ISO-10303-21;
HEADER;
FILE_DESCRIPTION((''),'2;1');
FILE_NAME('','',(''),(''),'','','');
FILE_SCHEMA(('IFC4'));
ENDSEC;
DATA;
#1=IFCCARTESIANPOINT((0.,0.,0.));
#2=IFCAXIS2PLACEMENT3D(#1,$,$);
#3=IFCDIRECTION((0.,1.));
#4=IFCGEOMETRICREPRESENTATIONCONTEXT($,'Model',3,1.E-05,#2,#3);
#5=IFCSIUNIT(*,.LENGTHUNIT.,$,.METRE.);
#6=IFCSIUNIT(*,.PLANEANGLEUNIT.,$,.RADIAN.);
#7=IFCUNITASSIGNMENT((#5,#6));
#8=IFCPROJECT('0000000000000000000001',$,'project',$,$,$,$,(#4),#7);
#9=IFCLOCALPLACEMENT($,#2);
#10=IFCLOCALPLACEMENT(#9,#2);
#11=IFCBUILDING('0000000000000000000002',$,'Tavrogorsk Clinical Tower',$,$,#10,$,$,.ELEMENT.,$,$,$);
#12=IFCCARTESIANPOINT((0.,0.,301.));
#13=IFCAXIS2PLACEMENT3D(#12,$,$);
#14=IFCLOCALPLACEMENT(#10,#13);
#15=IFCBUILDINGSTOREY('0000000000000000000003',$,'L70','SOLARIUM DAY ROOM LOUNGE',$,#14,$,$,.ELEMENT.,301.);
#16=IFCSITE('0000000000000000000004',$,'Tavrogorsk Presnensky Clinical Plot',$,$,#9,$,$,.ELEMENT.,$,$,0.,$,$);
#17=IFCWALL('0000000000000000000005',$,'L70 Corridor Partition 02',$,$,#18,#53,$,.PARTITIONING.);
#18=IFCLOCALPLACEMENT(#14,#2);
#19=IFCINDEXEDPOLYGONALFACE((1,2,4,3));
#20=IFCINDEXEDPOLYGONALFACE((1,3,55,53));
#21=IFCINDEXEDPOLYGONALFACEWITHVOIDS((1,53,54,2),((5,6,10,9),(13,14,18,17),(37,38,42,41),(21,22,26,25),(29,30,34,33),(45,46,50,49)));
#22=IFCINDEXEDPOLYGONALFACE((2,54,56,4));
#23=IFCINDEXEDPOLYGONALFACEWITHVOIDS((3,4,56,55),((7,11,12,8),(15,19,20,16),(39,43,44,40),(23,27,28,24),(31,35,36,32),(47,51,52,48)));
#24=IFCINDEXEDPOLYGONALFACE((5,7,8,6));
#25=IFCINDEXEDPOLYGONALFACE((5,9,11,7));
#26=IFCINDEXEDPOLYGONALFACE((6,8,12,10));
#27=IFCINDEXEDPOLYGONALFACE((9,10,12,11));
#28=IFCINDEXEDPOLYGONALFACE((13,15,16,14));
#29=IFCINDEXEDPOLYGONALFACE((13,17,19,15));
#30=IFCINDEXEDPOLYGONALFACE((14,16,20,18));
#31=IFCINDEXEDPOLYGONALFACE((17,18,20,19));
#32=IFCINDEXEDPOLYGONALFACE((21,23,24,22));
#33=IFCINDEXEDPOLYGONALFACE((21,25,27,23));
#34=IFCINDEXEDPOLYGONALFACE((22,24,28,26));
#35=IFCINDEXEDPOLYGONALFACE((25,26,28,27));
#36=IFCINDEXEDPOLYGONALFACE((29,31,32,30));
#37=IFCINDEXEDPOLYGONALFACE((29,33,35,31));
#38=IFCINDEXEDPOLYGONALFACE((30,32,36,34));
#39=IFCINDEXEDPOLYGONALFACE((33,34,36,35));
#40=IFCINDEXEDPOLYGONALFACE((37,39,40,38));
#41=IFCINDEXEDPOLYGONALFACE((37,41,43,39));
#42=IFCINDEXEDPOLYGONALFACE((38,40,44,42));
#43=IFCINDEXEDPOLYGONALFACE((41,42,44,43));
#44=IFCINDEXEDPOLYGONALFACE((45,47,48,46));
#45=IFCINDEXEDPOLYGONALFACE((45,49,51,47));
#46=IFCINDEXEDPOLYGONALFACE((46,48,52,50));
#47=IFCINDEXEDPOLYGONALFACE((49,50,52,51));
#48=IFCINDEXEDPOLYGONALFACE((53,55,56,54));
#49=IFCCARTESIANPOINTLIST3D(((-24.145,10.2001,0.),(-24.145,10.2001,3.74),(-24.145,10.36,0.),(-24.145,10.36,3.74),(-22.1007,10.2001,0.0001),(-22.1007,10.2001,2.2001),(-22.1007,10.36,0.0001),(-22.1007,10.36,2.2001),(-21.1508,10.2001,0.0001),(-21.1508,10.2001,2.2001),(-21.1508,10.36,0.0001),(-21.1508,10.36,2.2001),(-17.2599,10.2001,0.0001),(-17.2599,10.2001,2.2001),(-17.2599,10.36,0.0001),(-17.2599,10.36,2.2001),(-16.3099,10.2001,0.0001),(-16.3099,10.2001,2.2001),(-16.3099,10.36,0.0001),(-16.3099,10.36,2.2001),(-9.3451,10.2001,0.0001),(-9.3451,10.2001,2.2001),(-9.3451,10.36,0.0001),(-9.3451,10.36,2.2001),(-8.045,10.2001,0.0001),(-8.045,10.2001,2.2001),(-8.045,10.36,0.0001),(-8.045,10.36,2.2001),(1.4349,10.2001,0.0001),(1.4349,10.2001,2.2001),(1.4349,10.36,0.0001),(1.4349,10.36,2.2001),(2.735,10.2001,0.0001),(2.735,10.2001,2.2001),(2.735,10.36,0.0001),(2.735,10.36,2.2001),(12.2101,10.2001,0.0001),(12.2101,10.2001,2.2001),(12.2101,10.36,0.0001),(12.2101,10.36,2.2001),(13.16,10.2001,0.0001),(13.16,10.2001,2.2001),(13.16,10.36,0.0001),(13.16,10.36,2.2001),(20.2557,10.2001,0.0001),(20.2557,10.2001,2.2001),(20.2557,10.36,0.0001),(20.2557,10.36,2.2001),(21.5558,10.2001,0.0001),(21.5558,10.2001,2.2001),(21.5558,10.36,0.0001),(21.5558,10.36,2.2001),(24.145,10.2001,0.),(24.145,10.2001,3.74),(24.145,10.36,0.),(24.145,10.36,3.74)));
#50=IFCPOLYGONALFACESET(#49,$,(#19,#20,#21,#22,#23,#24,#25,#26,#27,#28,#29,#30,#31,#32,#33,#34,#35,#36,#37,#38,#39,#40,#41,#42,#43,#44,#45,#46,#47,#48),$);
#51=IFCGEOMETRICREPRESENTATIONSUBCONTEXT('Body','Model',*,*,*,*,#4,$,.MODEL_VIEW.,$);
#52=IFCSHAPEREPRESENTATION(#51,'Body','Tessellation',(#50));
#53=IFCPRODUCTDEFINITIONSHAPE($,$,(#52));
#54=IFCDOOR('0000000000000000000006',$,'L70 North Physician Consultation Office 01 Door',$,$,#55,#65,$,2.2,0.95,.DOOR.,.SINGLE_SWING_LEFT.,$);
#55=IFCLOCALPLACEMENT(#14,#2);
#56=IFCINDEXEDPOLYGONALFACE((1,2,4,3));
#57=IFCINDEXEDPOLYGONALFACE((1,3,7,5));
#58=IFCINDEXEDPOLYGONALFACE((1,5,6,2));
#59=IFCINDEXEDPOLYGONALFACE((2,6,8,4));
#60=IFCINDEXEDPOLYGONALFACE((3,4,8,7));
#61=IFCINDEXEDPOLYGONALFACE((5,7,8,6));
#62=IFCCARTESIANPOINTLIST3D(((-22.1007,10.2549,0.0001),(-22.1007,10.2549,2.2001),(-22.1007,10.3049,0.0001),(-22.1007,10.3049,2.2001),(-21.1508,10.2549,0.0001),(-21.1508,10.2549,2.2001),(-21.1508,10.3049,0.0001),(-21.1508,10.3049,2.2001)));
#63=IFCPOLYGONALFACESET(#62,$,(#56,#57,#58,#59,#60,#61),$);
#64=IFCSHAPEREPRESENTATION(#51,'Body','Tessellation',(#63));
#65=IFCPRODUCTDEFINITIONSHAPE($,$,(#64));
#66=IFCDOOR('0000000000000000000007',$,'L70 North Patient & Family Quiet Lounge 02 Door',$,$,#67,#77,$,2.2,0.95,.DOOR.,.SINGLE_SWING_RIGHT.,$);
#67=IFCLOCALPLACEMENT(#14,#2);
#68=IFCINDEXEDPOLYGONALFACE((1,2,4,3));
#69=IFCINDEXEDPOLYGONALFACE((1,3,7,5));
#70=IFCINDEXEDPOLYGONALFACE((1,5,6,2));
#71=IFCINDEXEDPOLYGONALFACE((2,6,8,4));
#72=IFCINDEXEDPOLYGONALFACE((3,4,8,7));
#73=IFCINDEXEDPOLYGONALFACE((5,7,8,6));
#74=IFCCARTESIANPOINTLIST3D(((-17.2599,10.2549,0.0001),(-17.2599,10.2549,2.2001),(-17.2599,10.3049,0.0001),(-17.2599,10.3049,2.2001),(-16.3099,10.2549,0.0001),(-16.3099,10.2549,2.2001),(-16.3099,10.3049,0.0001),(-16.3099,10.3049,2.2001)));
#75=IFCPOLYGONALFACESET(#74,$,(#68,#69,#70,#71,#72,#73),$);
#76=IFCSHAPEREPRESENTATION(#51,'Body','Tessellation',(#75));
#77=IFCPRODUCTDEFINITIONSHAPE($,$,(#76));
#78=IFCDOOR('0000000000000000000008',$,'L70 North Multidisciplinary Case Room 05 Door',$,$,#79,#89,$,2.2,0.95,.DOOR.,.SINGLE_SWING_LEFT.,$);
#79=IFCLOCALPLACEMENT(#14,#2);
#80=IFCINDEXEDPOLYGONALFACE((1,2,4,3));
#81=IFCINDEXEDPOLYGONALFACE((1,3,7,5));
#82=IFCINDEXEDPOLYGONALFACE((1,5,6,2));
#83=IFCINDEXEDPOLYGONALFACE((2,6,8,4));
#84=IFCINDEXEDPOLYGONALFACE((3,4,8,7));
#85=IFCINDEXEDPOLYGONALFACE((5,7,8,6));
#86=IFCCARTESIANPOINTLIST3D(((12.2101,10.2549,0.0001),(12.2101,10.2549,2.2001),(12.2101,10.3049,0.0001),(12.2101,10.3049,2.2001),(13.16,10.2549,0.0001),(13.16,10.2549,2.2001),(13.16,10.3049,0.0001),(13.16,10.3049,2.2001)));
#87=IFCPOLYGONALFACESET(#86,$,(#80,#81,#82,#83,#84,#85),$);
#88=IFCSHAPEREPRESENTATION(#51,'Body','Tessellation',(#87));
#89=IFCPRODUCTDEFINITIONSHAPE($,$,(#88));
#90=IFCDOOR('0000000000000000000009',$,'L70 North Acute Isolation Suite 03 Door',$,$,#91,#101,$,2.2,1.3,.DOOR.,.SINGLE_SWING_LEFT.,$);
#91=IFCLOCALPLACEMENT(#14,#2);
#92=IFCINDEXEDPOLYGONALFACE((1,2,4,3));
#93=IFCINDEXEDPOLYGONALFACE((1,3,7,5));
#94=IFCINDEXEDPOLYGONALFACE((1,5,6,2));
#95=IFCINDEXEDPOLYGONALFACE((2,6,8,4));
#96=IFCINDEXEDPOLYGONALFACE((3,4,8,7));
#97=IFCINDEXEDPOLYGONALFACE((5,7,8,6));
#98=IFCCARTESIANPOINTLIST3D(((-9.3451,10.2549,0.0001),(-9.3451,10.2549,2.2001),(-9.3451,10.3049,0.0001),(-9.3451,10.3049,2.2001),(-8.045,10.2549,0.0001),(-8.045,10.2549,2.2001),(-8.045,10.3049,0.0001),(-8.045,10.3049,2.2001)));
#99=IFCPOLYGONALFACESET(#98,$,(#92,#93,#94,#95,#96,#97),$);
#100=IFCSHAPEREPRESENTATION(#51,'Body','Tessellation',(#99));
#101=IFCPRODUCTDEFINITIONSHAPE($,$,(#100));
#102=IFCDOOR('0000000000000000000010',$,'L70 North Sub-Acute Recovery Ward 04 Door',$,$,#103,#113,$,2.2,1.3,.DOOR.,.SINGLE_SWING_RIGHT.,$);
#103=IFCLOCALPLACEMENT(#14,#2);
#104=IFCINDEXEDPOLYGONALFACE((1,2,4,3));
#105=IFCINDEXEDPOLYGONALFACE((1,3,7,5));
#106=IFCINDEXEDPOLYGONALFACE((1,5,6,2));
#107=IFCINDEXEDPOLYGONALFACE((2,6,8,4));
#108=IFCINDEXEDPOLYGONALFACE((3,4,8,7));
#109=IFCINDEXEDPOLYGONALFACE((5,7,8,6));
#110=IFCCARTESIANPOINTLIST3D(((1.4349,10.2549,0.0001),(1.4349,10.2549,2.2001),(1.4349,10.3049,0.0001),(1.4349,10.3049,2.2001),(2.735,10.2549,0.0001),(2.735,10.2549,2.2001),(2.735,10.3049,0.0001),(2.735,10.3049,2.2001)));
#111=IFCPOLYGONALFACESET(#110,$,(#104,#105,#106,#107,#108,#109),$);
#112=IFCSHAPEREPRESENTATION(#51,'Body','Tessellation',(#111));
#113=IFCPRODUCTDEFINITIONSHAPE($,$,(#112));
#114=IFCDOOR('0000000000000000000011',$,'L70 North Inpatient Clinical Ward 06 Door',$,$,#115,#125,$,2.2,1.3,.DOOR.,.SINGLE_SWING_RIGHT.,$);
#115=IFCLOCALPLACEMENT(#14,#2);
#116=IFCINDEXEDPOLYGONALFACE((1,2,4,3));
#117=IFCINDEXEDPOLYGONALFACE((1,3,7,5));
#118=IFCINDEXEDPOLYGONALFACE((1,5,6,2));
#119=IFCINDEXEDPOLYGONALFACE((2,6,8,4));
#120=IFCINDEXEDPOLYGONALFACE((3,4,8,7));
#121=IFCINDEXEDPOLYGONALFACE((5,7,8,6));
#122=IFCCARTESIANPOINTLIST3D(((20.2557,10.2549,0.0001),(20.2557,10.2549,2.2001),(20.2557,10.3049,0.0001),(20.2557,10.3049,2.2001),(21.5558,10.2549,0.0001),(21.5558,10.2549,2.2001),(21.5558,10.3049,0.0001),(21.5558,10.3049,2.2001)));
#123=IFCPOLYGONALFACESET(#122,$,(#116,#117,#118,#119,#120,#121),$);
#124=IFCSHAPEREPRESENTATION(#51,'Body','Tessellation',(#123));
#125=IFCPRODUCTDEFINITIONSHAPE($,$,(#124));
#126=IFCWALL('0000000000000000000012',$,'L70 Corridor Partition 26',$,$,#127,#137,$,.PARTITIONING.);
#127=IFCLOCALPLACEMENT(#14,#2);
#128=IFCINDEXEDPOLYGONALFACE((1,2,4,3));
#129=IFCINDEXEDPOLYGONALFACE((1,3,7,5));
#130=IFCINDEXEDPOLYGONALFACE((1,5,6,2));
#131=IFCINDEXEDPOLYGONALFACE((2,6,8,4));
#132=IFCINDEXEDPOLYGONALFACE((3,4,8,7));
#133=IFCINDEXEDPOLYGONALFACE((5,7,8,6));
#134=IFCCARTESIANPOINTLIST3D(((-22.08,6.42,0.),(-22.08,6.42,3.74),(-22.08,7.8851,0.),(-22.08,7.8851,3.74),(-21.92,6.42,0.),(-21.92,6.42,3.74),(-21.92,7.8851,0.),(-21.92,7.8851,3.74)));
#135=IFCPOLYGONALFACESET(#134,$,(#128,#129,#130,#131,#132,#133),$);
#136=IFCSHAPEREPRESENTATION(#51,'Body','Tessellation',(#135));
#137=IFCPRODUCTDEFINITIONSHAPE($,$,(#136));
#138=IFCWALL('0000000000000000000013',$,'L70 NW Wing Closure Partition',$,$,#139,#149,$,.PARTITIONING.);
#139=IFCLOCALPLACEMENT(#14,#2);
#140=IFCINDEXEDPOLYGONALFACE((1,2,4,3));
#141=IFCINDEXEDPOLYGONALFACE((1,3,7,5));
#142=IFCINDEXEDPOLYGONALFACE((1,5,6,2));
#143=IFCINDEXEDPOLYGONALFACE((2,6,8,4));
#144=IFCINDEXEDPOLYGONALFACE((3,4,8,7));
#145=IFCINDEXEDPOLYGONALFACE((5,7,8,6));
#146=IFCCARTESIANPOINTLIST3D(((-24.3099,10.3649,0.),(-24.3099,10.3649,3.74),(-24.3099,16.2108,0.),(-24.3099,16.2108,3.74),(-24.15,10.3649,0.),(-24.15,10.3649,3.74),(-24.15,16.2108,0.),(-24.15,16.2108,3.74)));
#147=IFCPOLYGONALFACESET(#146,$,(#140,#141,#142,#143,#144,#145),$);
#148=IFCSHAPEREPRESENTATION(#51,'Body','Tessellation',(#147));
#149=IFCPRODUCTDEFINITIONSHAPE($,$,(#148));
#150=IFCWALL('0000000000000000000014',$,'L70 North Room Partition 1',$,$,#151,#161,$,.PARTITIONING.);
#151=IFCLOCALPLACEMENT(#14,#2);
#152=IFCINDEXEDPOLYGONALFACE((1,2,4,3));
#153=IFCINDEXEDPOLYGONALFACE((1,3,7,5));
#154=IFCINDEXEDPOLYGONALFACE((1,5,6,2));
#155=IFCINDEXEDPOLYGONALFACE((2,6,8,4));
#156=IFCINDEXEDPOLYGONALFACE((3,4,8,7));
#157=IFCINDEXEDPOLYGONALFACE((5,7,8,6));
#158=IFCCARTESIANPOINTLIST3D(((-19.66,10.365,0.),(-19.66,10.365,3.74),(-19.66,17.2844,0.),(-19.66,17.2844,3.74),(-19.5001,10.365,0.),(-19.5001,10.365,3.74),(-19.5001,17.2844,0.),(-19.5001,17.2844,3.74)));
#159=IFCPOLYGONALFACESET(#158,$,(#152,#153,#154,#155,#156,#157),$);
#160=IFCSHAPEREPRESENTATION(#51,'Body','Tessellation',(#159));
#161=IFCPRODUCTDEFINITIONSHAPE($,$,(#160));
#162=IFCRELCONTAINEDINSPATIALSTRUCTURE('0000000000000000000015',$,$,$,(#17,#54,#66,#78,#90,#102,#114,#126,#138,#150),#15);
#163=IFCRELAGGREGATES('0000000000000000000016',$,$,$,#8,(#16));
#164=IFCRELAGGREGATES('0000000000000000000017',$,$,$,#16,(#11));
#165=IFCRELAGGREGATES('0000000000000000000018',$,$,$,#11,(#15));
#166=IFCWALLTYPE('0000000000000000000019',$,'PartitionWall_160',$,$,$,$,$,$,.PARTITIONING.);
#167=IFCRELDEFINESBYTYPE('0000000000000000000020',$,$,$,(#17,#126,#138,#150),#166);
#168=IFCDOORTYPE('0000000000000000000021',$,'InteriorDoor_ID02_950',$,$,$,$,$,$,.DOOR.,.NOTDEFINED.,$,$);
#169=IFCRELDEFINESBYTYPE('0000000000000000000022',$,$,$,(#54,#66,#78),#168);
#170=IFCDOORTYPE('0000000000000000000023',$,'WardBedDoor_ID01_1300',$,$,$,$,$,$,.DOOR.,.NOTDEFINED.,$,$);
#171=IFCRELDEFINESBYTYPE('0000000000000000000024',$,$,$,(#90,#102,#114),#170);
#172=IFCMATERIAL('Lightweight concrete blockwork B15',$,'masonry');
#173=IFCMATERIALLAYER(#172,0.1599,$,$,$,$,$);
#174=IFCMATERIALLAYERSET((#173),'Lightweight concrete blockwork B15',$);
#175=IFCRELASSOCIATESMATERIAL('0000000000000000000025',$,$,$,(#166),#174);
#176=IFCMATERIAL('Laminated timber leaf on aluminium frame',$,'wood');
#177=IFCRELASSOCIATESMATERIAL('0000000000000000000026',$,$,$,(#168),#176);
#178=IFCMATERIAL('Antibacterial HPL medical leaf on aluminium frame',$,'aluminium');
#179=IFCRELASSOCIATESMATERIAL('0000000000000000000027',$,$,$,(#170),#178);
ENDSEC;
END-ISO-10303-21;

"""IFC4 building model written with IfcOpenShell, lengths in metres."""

from ifc_helpers import new_model, si_unit, direction, frame, frame_2d, origin, place, context, subcontext, project, spatial, rectangle, extrude, material, layer, layer_set, type_object, element, fill, save


model = new_model("IFC4")

# Units and contexts
model_context = context("Model", 3, precision=1e-05, world=origin(), true_north=direction((0.0, 1.0)))
body_context = subcontext(model_context, "Body", "Model", "MODEL_VIEW")
ifc_project = project(units=[si_unit("LENGTHUNIT", "METRE"), si_unit("PLANEANGLEUNIT", "RADIAN")], contexts=[model_context])

# Site, building, storey
site_placement = place(None, origin())
site = spatial("IfcSite", under=ifc_project, at=site_placement, Name="Tavrogorsk Presnensky Clinical Plot", CompositionType="ELEMENT", RefElevation=0.0)
building_placement = place(site_placement, origin())
building = spatial("IfcBuilding", under=site, at=building_placement, Name="Tavrogorsk Clinical Tower", CompositionType="ELEMENT")
storey_placement = place(building_placement, frame((0.0, 0.0, 301.0)))
storey = spatial("IfcBuildingStorey", under=building, at=storey_placement, Name="L70", Description="SOLARIUM DAY ROOM LOUNGE", CompositionType="ELEMENT", Elevation=301.0)

# Wall, openings, doors
ifc_material_1 = material(Name="Lightweight concrete blockwork B15", Category="masonry")
ifc_layer_1 = layer(ifc_material_1, 0.1599)
ifc_layer_set_1 = layer_set([ifc_layer_1], Name="Lightweight concrete blockwork B15")
wall_type_1 = type_object("IfcWallType", Name="PartitionWall_160", PredefinedType="PARTITIONING", material=ifc_layer_set_1)
wall_1_placement = place(storey_placement, frame((-24.145, 10.28, 0.0), z_axis=(0.0, 0.0, 1.0), x_axis=(1.0, 0.0, 0.0)))
wall_1 = element("IfcWall", 1, at=wall_1_placement, inside=storey, type_object=wall_type_1, Name="L70 Corridor Partition 02", PredefinedType="PARTITIONING", context=body_context, shape_type="SweptSolid", body=[
    extrude(rectangle(XDim=48.29, YDim=0.1599, at=frame_2d((24.145, 0.0))), origin(), (0.0, 0.0, 1.0), 3.74),
])
opening_1_placement = place(wall_1_placement, frame((2.0442, 0.0, 0.0)))
opening_1 = element("IfcOpeningElement", 2, at=opening_1_placement, cuts=wall_1, PredefinedType="OPENING", context=body_context, shape_type="SweptSolid", body=[
    extrude(rectangle(XDim=0.95, YDim=2.2, at=frame_2d((0.4751, 1.1001))), frame((0.0, 0.0898, 0.0), z_axis=(0.0, -1.0, 0.0), x_axis=(1.0, 0.0, 0.0)), (0.0, 0.0, 1.0), 0.1799),
])
opening_2_placement = place(wall_1_placement, frame((6.885, 0.0, 0.0)))
opening_2 = element("IfcOpeningElement", 3, at=opening_2_placement, cuts=wall_1, PredefinedType="OPENING", context=body_context, shape_type="SweptSolid", body=[
    extrude(rectangle(XDim=0.95, YDim=2.2, at=frame_2d((0.4751, 1.1001))), frame((0.0, 0.0898, 0.0), z_axis=(0.0, -1.0, 0.0), x_axis=(1.0, 0.0, 0.0)), (0.0, 0.0, 1.0), 0.1799),
])
opening_3_placement = place(wall_1_placement, frame((14.8, 0.0, 0.0)))
opening_3 = element("IfcOpeningElement", 4, at=opening_3_placement, cuts=wall_1, PredefinedType="OPENING", context=body_context, shape_type="SweptSolid", body=[
    extrude(rectangle(XDim=1.3, YDim=2.2, at=frame_2d((0.6499, 1.1001))), frame((0.0, 0.0898, 0.0), z_axis=(0.0, -1.0, 0.0), x_axis=(1.0, 0.0, 0.0)), (0.0, 0.0, 1.0), 0.1799),
])
opening_4_placement = place(wall_1_placement, frame((25.5801, 0.0, 0.0)))
opening_4 = element("IfcOpeningElement", 5, at=opening_4_placement, cuts=wall_1, PredefinedType="OPENING", context=body_context, shape_type="SweptSolid", body=[
    extrude(rectangle(XDim=1.3, YDim=2.2, at=frame_2d((0.6499, 1.1001))), frame((0.0, 0.0898, 0.0), z_axis=(0.0, -1.0, 0.0), x_axis=(1.0, 0.0, 0.0)), (0.0, 0.0, 1.0), 0.1799),
])
opening_5_placement = place(wall_1_placement, frame((36.355, 0.0, 0.0)))
opening_5 = element("IfcOpeningElement", 6, at=opening_5_placement, cuts=wall_1, PredefinedType="OPENING", context=body_context, shape_type="SweptSolid", body=[
    extrude(rectangle(XDim=0.95, YDim=2.2, at=frame_2d((0.4751, 1.1001))), frame((0.0, 0.0898, 0.0), z_axis=(0.0, -1.0, 0.0), x_axis=(1.0, 0.0, 0.0)), (0.0, 0.0, 1.0), 0.1799),
])
opening_6_placement = place(wall_1_placement, frame((44.4009, 0.0, 0.0)))
opening_6 = element("IfcOpeningElement", 7, at=opening_6_placement, cuts=wall_1, PredefinedType="OPENING", context=body_context, shape_type="SweptSolid", body=[
    extrude(rectangle(XDim=1.3, YDim=2.2, at=frame_2d((0.6499, 1.1001))), frame((0.0, 0.0898, 0.0), z_axis=(0.0, -1.0, 0.0), x_axis=(1.0, 0.0, 0.0)), (0.0, 0.0, 1.0), 0.1799),
])
ifc_material_2 = material(Name="Laminated timber leaf on aluminium frame", Category="wood")
door_type_1 = type_object("IfcDoorType", Name="InteriorDoor_ID02_950", OperationType="NOTDEFINED", PredefinedType="DOOR", material=ifc_material_2)
door_1_placement = place(opening_1_placement, origin())
door_1 = element("IfcDoor", 8, at=door_1_placement, inside=storey, type_object=door_type_1, Name="L70 North Physician Consultation Office 01 Door", OperationType="SINGLE_SWING_LEFT", OverallHeight=2.2, OverallWidth=0.95, PredefinedType="DOOR", context=body_context, shape_type="SweptSolid", body=[
    extrude(rectangle(XDim=0.95, YDim=2.2, at=frame_2d((0.4751, 1.1001))), frame((0.0, 0.0249, 0.0), z_axis=(0.0, -1.0, 0.0), x_axis=(1.0, 0.0, 0.0)), (0.0, 0.0, 1.0), 0.05),
])
fill(opening_1, door_1)
door_2_placement = place(opening_2_placement, origin())
door_2 = element("IfcDoor", 9, at=door_2_placement, inside=storey, type_object=door_type_1, Name="L70 North Patient & Family Quiet Lounge 02 Door", OperationType="SINGLE_SWING_RIGHT", OverallHeight=2.2, OverallWidth=0.95, PredefinedType="DOOR", context=body_context, shape_type="SweptSolid", body=[
    extrude(rectangle(XDim=0.95, YDim=2.2, at=frame_2d((0.4751, 1.1001))), frame((0.0, 0.0249, 0.0), z_axis=(0.0, -1.0, 0.0), x_axis=(1.0, 0.0, 0.0)), (0.0, 0.0, 1.0), 0.05),
])
fill(opening_2, door_2)
door_3_placement = place(opening_5_placement, origin())
door_3 = element("IfcDoor", 10, at=door_3_placement, inside=storey, type_object=door_type_1, Name="L70 North Multidisciplinary Case Room 05 Door", OperationType="SINGLE_SWING_LEFT", OverallHeight=2.2, OverallWidth=0.95, PredefinedType="DOOR", context=body_context, shape_type="SweptSolid", body=[
    extrude(rectangle(XDim=0.95, YDim=2.2, at=frame_2d((0.4751, 1.1001))), frame((0.0, 0.0249, 0.0), z_axis=(0.0, -1.0, 0.0), x_axis=(1.0, 0.0, 0.0)), (0.0, 0.0, 1.0), 0.05),
])
fill(opening_5, door_3)
ifc_material_3 = material(Name="Antibacterial HPL medical leaf on aluminium frame", Category="aluminium")
door_type_2 = type_object("IfcDoorType", Name="WardBedDoor_ID01_1300", OperationType="NOTDEFINED", PredefinedType="DOOR", material=ifc_material_3)
door_4_placement = place(opening_3_placement, origin())
door_4 = element("IfcDoor", 11, at=door_4_placement, inside=storey, type_object=door_type_2, Name="L70 North Acute Isolation Suite 03 Door", OperationType="SINGLE_SWING_LEFT", OverallHeight=2.2, OverallWidth=1.3, PredefinedType="DOOR", context=body_context, shape_type="SweptSolid", body=[
    extrude(rectangle(XDim=1.3, YDim=2.2, at=frame_2d((0.6499, 1.1001))), frame((0.0, 0.0249, 0.0), z_axis=(0.0, -1.0, 0.0), x_axis=(1.0, 0.0, 0.0)), (0.0, 0.0, 1.0), 0.05),
])
fill(opening_3, door_4)
door_5_placement = place(opening_4_placement, origin())
door_5 = element("IfcDoor", 12, at=door_5_placement, inside=storey, type_object=door_type_2, Name="L70 North Sub-Acute Recovery Ward 04 Door", OperationType="SINGLE_SWING_RIGHT", OverallHeight=2.2, OverallWidth=1.3, PredefinedType="DOOR", context=body_context, shape_type="SweptSolid", body=[
    extrude(rectangle(XDim=1.3, YDim=2.2, at=frame_2d((0.6499, 1.1001))), frame((0.0, 0.0249, 0.0), z_axis=(0.0, -1.0, 0.0), x_axis=(1.0, 0.0, 0.0)), (0.0, 0.0, 1.0), 0.05),
])
fill(opening_4, door_5)
door_6_placement = place(opening_6_placement, origin())
door_6 = element("IfcDoor", 13, at=door_6_placement, inside=storey, type_object=door_type_2, Name="L70 North Inpatient Clinical Ward 06 Door", OperationType="SINGLE_SWING_RIGHT", OverallHeight=2.2, OverallWidth=1.3, PredefinedType="DOOR", context=body_context, shape_type="SweptSolid", body=[
    extrude(rectangle(XDim=1.3, YDim=2.2, at=frame_2d((0.6499, 1.1001))), frame((0.0, 0.0249, 0.0), z_axis=(0.0, -1.0, 0.0), x_axis=(1.0, 0.0, 0.0)), (0.0, 0.0, 1.0), 0.05),
])
fill(opening_6, door_6)

# Walls
wall_2_placement = place(storey_placement, frame((-22.0, 7.885, 0.0), z_axis=(0.0, 0.0, 1.0), x_axis=(0.0, -1.0, 0.0)))
element("IfcWall", 14, at=wall_2_placement, inside=storey, type_object=wall_type_1, Name="L70 Corridor Partition 26", PredefinedType="PARTITIONING", context=body_context, shape_type="SweptSolid", body=[
    extrude(rectangle(XDim=1.4651, YDim=0.1599, at=frame_2d((0.7324, 0.0))), origin(), (0.0, 0.0, 1.0), 3.74),
])
wall_3_placement = place(storey_placement, frame((-24.23, 10.365, 0.0), z_axis=(0.0, 0.0, 1.0), x_axis=(0.0, 1.0, 0.0)))
element("IfcWall", 15, at=wall_3_placement, inside=storey, type_object=wall_type_1, Name="L70 NW Wing Closure Partition", PredefinedType="PARTITIONING", context=body_context, shape_type="SweptSolid", body=[
    extrude(rectangle(XDim=5.8459, YDim=0.1599, at=frame_2d((2.9229, 0.0))), origin(), (0.0, 0.0, 1.0), 3.74),
])
wall_4_placement = place(storey_placement, frame((-19.5801, 10.365, 0.0), z_axis=(0.0, 0.0, 1.0), x_axis=(0.0, 1.0, 0.0)))
element("IfcWall", 16, at=wall_4_placement, inside=storey, type_object=wall_type_1, Name="L70 North Room Partition 1", PredefinedType="PARTITIONING", context=body_context, shape_type="SweptSolid", body=[
    extrude(rectangle(XDim=6.9194, YDim=0.1599, at=frame_2d((3.4597, 0.0))), origin(), (0.0, 0.0, 1.0), 3.74),
])

save(model, "model.ifc")
